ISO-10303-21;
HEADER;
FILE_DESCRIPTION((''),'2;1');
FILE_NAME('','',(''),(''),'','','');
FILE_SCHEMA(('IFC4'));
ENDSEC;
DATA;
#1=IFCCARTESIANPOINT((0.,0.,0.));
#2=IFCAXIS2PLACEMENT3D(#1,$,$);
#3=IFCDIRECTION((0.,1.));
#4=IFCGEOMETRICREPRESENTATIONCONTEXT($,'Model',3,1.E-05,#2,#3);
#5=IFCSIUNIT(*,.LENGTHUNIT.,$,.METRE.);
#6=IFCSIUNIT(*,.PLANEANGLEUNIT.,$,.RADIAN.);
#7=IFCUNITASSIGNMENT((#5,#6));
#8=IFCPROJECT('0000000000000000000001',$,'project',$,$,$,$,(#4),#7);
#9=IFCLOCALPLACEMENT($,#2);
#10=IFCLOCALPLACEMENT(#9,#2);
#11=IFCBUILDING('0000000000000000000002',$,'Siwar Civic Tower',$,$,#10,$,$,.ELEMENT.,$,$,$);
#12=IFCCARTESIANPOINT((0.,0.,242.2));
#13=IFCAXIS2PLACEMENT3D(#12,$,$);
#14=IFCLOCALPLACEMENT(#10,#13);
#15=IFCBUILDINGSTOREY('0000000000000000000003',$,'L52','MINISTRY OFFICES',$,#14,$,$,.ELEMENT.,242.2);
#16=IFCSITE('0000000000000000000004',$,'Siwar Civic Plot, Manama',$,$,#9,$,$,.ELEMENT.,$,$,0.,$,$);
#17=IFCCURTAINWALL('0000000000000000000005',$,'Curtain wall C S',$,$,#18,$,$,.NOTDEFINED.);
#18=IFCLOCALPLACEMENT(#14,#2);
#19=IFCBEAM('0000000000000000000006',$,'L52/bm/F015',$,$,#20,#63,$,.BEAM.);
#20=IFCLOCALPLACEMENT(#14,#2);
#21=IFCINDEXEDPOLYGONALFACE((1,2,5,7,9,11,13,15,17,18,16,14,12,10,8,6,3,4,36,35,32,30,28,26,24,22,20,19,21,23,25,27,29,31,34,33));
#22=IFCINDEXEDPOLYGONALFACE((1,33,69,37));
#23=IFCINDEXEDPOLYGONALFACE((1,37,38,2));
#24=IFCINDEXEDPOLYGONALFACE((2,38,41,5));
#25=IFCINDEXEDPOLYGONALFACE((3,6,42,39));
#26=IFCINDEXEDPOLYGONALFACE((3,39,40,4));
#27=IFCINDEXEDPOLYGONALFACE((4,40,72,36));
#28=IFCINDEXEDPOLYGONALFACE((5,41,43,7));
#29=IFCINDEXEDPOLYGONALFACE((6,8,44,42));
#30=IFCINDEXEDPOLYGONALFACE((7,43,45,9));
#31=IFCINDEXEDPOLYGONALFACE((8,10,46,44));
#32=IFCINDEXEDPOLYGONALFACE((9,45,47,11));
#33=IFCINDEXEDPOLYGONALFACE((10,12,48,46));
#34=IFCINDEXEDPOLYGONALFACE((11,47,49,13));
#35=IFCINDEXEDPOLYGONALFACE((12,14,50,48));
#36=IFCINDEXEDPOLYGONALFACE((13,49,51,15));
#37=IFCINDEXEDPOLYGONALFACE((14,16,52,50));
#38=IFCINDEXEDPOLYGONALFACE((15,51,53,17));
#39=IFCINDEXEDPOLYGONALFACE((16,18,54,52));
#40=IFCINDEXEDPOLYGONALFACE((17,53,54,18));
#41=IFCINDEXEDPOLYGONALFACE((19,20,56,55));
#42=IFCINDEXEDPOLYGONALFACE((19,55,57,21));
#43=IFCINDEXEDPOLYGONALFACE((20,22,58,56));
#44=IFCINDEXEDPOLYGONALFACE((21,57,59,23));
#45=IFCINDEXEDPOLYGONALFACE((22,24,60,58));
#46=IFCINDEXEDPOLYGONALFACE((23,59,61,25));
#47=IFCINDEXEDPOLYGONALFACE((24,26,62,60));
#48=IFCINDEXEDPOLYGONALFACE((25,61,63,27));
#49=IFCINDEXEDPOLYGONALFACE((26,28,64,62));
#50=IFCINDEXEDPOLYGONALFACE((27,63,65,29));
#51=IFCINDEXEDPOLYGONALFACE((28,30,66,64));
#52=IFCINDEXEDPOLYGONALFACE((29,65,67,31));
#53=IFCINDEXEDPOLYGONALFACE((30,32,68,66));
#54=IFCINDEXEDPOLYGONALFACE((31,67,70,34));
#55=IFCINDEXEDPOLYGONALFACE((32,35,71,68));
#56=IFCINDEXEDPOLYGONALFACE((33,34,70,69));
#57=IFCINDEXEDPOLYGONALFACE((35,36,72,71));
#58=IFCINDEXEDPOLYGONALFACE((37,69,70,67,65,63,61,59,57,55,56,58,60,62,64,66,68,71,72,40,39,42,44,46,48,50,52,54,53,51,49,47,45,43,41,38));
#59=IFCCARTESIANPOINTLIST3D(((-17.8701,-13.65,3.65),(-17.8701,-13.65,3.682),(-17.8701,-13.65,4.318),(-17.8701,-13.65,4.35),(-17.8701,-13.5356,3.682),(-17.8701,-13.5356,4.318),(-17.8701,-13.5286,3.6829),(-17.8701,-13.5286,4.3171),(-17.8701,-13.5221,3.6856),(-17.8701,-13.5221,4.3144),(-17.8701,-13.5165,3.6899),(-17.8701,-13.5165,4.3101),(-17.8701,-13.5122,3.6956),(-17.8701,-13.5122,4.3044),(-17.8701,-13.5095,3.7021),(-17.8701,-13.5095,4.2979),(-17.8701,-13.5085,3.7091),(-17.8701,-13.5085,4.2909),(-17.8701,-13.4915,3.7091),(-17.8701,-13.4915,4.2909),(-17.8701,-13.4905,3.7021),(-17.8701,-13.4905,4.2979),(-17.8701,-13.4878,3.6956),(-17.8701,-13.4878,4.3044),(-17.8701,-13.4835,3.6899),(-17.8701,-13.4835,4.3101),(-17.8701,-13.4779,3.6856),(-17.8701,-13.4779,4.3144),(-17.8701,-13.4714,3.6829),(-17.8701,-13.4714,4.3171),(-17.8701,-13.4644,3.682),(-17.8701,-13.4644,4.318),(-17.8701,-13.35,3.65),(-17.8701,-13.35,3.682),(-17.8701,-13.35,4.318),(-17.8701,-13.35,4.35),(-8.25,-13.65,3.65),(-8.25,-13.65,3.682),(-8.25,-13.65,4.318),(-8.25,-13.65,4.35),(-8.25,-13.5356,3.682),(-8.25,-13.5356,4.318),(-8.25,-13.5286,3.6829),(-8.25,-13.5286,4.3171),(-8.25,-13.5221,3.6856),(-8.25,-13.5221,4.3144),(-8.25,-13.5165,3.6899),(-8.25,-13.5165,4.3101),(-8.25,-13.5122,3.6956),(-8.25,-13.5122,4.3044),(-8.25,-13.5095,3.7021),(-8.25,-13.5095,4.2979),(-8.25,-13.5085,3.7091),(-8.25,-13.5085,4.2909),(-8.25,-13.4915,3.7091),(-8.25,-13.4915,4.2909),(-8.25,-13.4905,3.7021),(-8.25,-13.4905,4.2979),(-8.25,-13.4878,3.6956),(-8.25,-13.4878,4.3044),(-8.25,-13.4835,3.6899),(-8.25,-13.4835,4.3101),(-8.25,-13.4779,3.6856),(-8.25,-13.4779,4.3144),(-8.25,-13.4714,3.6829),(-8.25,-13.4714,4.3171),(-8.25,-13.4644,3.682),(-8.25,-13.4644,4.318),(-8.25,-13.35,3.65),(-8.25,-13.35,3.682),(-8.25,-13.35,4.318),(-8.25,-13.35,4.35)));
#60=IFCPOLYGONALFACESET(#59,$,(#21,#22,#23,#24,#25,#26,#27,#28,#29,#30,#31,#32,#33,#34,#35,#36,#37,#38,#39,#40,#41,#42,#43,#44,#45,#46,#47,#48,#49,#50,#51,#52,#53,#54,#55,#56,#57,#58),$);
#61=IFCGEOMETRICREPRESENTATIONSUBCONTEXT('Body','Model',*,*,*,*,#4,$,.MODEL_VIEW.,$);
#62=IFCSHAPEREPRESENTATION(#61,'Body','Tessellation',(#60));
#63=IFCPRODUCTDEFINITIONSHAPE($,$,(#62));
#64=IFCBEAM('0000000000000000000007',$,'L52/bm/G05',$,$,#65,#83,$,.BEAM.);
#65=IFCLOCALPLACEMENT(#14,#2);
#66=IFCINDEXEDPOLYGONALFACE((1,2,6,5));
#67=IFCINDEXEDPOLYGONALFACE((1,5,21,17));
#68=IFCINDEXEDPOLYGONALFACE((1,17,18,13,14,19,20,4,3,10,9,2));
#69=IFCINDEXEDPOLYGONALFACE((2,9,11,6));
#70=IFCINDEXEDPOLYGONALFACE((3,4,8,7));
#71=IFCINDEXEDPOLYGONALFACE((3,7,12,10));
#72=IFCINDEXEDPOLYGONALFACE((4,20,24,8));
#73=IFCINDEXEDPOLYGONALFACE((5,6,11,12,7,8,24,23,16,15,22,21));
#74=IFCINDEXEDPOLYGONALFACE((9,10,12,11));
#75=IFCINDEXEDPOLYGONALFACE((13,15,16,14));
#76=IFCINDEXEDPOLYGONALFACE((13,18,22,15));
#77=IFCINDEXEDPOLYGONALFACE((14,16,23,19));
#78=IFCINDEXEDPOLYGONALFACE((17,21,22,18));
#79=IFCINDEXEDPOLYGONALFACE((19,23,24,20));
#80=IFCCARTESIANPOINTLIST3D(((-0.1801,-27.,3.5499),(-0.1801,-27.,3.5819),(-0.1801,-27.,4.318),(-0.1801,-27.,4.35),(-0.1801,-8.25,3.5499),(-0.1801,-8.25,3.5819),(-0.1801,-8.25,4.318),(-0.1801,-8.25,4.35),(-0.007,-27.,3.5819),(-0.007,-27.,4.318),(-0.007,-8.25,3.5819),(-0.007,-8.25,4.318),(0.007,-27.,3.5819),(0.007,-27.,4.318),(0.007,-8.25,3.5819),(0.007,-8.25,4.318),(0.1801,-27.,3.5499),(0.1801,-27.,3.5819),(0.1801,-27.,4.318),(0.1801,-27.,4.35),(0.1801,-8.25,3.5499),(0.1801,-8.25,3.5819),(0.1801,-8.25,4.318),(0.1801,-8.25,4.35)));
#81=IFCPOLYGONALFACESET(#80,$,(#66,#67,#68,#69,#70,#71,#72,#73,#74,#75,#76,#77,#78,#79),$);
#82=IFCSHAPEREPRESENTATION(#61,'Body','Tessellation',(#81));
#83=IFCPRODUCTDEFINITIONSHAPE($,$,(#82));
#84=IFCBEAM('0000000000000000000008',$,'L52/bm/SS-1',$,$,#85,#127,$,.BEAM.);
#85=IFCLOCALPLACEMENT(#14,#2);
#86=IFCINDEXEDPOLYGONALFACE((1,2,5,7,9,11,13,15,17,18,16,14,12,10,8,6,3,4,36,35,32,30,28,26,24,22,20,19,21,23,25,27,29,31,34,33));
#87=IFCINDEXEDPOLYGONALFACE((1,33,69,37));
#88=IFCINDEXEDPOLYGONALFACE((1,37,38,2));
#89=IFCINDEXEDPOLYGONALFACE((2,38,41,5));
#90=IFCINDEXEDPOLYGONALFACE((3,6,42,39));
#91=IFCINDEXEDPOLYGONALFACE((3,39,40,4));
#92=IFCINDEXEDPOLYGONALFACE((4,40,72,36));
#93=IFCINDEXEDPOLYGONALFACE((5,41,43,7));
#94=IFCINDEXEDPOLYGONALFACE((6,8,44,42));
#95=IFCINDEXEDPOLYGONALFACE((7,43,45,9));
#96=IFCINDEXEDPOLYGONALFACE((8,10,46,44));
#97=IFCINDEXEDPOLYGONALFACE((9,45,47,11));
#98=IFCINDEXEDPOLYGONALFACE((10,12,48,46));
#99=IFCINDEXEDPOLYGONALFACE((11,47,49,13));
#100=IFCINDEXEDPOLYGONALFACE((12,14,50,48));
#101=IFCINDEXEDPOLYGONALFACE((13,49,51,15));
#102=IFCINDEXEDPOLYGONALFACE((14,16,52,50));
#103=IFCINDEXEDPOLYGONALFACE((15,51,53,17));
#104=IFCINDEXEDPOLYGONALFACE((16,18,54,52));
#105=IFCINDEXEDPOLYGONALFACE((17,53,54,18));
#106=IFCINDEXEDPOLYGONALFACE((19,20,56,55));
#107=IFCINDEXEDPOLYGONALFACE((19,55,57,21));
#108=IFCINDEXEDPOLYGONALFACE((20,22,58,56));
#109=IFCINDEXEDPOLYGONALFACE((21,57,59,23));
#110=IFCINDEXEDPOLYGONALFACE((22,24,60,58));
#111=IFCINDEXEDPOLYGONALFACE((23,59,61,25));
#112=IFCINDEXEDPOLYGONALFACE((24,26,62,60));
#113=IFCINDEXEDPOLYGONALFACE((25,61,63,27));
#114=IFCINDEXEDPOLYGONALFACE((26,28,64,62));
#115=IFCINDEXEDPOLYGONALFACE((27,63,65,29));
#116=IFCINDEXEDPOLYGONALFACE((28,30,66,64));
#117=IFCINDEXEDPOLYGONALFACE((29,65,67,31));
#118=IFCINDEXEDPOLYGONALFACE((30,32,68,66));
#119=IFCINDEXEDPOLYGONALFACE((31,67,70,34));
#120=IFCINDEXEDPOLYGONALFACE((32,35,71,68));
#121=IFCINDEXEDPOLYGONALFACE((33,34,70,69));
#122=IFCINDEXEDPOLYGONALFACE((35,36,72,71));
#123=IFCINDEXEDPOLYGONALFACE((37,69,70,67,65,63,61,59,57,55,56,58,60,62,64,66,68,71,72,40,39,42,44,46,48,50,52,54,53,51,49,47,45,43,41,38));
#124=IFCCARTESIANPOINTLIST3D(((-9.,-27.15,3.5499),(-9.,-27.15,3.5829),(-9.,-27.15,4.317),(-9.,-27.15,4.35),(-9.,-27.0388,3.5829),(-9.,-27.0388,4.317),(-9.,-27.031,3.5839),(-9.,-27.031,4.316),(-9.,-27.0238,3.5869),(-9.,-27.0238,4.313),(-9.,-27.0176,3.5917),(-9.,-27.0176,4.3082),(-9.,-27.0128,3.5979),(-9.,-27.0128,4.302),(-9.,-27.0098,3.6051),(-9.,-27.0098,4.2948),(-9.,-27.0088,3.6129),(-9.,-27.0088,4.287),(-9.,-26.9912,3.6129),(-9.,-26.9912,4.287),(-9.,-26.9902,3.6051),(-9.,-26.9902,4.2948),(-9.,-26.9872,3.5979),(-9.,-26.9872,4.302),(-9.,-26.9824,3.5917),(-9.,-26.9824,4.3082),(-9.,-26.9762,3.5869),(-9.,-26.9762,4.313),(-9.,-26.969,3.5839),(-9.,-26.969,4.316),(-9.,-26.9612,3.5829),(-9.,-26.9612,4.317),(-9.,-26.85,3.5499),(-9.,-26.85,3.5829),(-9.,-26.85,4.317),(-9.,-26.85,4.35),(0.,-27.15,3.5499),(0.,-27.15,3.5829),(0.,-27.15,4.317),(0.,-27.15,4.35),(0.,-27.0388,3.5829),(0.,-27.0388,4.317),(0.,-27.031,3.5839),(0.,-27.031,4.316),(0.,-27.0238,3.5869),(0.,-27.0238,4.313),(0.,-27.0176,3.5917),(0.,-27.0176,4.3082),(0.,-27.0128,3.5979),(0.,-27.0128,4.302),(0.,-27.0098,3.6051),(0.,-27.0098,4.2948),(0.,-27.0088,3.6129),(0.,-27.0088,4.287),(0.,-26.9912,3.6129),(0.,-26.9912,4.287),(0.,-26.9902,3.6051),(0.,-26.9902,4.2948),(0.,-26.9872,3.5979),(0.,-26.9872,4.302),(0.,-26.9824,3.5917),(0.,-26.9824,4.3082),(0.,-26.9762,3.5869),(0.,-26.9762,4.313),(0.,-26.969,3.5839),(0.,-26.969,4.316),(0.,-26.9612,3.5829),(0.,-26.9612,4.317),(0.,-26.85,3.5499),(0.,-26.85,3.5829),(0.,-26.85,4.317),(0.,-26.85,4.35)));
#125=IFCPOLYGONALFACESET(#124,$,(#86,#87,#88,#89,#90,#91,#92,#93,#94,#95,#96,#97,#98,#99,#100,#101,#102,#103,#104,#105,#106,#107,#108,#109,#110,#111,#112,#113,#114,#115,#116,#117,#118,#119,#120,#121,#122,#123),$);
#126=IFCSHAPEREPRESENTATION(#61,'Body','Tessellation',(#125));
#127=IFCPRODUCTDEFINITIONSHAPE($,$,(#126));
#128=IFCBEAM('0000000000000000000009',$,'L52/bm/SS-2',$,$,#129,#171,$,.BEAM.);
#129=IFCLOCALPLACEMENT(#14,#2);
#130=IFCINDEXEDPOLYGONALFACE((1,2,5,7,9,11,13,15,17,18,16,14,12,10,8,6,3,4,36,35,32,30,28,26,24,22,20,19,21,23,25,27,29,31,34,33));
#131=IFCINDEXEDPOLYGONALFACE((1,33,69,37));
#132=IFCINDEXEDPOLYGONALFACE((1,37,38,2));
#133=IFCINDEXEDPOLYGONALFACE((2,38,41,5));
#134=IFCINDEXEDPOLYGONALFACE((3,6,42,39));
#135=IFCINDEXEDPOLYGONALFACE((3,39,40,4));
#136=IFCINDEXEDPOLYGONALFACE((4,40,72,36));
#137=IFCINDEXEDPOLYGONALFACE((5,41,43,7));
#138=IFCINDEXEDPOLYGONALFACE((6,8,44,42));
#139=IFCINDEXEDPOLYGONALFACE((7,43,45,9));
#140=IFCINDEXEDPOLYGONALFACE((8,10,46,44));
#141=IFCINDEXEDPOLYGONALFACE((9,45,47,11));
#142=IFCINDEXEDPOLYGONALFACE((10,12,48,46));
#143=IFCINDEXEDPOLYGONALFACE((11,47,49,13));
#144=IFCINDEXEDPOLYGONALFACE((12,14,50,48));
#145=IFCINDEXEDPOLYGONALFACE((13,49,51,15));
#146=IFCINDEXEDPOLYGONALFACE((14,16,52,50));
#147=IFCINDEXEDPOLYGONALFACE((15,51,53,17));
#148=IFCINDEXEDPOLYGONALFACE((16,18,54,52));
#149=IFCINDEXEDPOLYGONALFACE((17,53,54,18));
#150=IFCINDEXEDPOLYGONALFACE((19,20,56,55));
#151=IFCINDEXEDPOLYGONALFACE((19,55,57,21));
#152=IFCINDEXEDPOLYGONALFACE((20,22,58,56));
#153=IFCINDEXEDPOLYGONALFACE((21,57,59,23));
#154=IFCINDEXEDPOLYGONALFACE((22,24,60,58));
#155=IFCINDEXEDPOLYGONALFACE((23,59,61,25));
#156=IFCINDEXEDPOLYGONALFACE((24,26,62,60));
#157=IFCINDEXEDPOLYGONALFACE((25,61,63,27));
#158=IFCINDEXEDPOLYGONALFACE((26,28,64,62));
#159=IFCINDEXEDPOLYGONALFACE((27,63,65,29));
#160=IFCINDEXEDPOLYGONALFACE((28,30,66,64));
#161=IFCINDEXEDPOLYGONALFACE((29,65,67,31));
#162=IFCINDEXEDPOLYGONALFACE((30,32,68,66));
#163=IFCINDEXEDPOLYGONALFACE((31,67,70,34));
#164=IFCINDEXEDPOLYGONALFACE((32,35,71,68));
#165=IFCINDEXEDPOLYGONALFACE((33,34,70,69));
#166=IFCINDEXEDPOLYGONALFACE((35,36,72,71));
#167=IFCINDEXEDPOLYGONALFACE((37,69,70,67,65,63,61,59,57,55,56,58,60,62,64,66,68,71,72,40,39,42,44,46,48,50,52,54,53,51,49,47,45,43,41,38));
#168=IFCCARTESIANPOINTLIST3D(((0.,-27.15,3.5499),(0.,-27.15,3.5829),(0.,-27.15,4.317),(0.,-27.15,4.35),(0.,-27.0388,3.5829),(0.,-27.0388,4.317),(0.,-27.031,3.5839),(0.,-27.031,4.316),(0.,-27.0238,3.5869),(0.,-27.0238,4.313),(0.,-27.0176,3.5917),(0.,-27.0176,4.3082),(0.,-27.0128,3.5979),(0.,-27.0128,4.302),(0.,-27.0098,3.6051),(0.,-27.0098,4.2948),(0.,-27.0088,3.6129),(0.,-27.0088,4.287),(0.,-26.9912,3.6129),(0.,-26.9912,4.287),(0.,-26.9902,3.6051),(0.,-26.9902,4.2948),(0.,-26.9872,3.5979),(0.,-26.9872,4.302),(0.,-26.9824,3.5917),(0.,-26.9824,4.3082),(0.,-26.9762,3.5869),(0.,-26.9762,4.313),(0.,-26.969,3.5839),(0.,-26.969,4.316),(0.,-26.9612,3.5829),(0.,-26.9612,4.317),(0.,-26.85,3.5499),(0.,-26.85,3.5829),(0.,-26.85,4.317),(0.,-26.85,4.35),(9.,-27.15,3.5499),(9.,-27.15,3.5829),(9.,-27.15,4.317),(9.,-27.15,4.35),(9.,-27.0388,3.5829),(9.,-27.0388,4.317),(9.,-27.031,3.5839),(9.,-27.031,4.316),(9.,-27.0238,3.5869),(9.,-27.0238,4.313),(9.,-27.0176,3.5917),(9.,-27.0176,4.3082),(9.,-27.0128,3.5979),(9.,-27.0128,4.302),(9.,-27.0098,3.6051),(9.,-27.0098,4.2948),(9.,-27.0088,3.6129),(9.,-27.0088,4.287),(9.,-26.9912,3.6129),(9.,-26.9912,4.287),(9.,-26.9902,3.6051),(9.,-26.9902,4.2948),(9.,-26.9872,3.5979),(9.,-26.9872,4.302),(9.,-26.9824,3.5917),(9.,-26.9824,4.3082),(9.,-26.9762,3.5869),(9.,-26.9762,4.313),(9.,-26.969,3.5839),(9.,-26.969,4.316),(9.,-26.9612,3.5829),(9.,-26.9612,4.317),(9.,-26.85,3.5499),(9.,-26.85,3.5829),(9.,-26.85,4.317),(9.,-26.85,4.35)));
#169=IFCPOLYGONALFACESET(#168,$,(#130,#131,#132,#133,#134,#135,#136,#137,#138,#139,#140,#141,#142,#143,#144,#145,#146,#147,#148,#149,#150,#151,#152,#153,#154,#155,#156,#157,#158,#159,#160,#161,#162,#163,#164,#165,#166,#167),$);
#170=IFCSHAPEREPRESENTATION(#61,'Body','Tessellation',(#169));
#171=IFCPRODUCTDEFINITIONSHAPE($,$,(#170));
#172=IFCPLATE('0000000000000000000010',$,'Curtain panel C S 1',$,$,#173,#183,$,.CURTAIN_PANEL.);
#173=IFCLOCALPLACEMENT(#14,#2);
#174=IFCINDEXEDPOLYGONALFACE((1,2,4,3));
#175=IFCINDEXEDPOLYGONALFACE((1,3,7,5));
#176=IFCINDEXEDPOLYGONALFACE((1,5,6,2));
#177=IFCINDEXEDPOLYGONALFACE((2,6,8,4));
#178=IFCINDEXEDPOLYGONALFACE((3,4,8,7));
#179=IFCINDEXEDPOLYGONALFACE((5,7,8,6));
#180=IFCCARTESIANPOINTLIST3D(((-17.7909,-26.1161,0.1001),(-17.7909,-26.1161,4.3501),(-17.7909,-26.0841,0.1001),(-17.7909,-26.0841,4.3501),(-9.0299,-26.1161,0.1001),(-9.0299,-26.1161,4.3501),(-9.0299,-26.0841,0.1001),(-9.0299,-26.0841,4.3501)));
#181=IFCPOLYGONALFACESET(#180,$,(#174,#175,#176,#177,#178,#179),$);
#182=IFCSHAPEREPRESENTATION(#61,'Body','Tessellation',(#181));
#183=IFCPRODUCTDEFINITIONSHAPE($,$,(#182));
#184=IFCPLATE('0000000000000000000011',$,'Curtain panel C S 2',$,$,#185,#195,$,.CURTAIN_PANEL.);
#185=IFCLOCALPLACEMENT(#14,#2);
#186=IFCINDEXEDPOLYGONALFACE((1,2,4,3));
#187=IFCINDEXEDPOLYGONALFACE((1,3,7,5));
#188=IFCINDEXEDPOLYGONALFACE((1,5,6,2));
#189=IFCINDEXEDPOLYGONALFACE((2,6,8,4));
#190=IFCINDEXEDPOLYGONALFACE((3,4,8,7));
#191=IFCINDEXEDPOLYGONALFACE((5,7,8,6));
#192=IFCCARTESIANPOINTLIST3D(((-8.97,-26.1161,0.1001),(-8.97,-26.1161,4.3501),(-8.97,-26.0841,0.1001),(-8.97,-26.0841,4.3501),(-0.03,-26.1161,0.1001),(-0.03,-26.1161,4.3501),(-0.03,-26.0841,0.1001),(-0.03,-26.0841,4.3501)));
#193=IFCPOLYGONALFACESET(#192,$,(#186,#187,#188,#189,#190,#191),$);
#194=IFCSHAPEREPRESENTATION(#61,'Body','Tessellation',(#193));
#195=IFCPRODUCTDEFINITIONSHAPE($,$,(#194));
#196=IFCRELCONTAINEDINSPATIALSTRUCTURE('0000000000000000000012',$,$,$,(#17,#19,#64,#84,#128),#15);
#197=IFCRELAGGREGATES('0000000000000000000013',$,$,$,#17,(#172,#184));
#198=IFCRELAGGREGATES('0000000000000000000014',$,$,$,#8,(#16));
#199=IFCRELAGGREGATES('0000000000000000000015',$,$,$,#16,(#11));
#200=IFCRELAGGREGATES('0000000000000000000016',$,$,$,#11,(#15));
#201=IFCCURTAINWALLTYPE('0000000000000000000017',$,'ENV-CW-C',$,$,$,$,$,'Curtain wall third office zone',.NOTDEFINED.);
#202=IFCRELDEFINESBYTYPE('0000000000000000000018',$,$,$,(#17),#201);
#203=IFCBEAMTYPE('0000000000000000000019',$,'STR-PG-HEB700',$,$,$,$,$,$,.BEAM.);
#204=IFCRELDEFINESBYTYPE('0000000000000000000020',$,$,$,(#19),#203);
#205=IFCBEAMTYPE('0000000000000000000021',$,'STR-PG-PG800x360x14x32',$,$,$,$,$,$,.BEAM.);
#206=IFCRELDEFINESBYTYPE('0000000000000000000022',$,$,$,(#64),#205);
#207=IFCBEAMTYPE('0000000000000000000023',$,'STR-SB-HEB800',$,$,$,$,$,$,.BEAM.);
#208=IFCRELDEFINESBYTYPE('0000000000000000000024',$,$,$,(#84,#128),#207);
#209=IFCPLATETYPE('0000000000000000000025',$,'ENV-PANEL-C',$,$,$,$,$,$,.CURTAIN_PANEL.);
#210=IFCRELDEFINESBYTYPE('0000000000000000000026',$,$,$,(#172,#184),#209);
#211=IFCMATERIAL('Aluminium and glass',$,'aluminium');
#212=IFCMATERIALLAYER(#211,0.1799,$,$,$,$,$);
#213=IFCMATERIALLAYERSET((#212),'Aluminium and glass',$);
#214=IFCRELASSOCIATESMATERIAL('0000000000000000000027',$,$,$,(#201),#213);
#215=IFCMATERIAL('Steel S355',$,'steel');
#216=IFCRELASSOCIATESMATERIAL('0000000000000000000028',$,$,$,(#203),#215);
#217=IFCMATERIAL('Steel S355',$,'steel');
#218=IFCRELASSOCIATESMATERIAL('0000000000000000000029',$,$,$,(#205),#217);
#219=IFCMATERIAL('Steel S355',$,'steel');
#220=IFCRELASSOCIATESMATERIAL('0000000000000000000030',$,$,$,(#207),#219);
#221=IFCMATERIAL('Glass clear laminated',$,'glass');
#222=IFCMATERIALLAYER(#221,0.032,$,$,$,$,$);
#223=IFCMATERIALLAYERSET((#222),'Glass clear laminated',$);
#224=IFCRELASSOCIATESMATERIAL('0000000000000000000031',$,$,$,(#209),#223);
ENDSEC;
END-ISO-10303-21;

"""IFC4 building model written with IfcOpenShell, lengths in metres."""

from ifc_helpers import new_model, si_unit, direction, frame, origin, origin_2d, place, context, subcontext, project, spatial, rectangle, i_section, extrude, material, layer, layer_set, material_profile, profile_set, type_object, element, aggregate, save


model = new_model("IFC4")

# Units and contexts
model_context = context("Model", 3, precision=1e-05, world=origin(), true_north=direction((0.0, 1.0)))
body_context = subcontext(model_context, "Body", "Model", "MODEL_VIEW")
ifc_project = project(units=[si_unit("LENGTHUNIT", "METRE"), si_unit("PLANEANGLEUNIT", "RADIAN")], contexts=[model_context])

# Site, building, storey
site_placement = place(None, origin())
site = spatial("IfcSite", under=ifc_project, at=site_placement, Name="Siwar Civic Plot, Manama", CompositionType="ELEMENT", RefElevation=0.0)
building_placement = place(site_placement, origin())
building = spatial("IfcBuilding", under=site, at=building_placement, Name="Siwar Civic Tower", CompositionType="ELEMENT")
storey_placement = place(building_placement, frame((0.0, 0.0, 242.2)))
storey = spatial("IfcBuildingStorey", under=building, at=storey_placement, Name="L52", Description="MINISTRY OFFICES", CompositionType="ELEMENT", Elevation=242.2)

# Curtain wall
ifc_material_1 = material(Name="Aluminium and glass", Category="aluminium")
ifc_layer_1 = layer(ifc_material_1, 0.1799)
ifc_layer_set_1 = layer_set([ifc_layer_1], Name="Aluminium and glass")
curtain_wall_type = type_object("IfcCurtainWallType", Name="ENV-CW-C", ElementType="Curtain wall third office zone", PredefinedType="NOTDEFINED", material=ifc_layer_set_1)
curtain_wall_placement = place(storey_placement, origin())
curtain_wall = element("IfcCurtainWall", 1, at=curtain_wall_placement, inside=storey, type_object=curtain_wall_type, Name="Curtain wall C S", PredefinedType="NOTDEFINED")

# Beams
ifc_material_2 = material(Name="Steel S355", Category="steel")
ifc_material_profile_1 = material_profile(ifc_material_2, i_section(OverallWidth=0.3, OverallDepth=0.7, WebThickness=0.0171, FlangeThickness=0.032, FilletRadius=0.0271, at=origin_2d()), Name="HEB700")
ifc_profile_set_1 = profile_set([ifc_material_profile_1], Name="Steel S355")
beam_type_1 = type_object("IfcBeamType", Name="STR-PG-HEB700", PredefinedType="BEAM", material=ifc_profile_set_1)
beam_1_placement = place(storey_placement, frame((-17.8701, -13.5, 4.0), z_axis=(1.0, 0.0, 0.0), x_axis=(0.0, 1.0, 0.0)))
element("IfcBeam", 2, at=beam_1_placement, inside=storey, type_object=beam_type_1, Name="L52/bm/F015", PredefinedType="BEAM", context=body_context, shape_type="SweptSolid", body=[
    extrude(i_section(OverallWidth=0.3, OverallDepth=0.7, WebThickness=0.0171, FlangeThickness=0.032, FilletRadius=0.0271, at=origin_2d()), origin(), (0.0, 0.0, 1.0), 9.6201),
])
ifc_material_3 = material(Name="Steel S355", Category="steel")
ifc_material_profile_2 = material_profile(ifc_material_3, i_section(OverallWidth=0.3601, OverallDepth=0.8, WebThickness=0.0139, FlangeThickness=0.032, at=origin_2d()), Name="PG800x360x14x32")
ifc_profile_set_2 = profile_set([ifc_material_profile_2], Name="Steel S355")
beam_type_2 = type_object("IfcBeamType", Name="STR-PG-PG800x360x14x32", PredefinedType="BEAM", material=ifc_profile_set_2)
beam_2_placement = place(storey_placement, frame((0.0, -27.0, 3.95), z_axis=(0.0, 1.0, 0.0), x_axis=(-1.0, 0.0, 0.0)))
element("IfcBeam", 3, at=beam_2_placement, inside=storey, type_object=beam_type_2, Name="L52/bm/G05", PredefinedType="BEAM", context=body_context, shape_type="SweptSolid", body=[
    extrude(i_section(OverallWidth=0.3601, OverallDepth=0.8, WebThickness=0.0139, FlangeThickness=0.032, at=origin_2d()), origin(), (0.0, 0.0, 1.0), 18.75),
])
ifc_material_4 = material(Name="Steel S355", Category="steel")
ifc_material_profile_3 = material_profile(ifc_material_4, i_section(OverallWidth=0.3, OverallDepth=0.8, WebThickness=0.0176, FlangeThickness=0.033, FilletRadius=0.03, at=origin_2d()), Name="HEB800")
ifc_profile_set_3 = profile_set([ifc_material_profile_3], Name="Steel S355")
beam_type_3 = type_object("IfcBeamType", Name="STR-SB-HEB800", PredefinedType="BEAM", material=ifc_profile_set_3)
for number, where, z_axis, x_axis, name in (
    (4, (-9.0, -27.0, 3.95), (1.0, 0.0, 0.0), (0.0, 1.0, 0.0), "L52/bm/SS-1"),
    (5, (0.0, -27.0, 3.95), (1.0, 0.0, 0.0), (0.0, 1.0, 0.0), "L52/bm/SS-2"),
):
    element("IfcBeam", number, at=place(storey_placement, frame(where, z_axis=z_axis, x_axis=x_axis)), inside=storey, type_object=beam_type_3, Name=name, PredefinedType="BEAM", context=body_context, shape_type="SweptSolid", body=[
        extrude(i_section(OverallWidth=0.3, OverallDepth=0.8, WebThickness=0.0176, FlangeThickness=0.033, FilletRadius=0.03, at=origin_2d()), origin(), (0.0, 0.0, 1.0), 9.0),
    ])

# Plates
ifc_material_5 = material(Name="Glass clear laminated", Category="glass")
ifc_layer_2 = layer(ifc_material_5, 0.032)
ifc_layer_set_2 = layer_set([ifc_layer_2], Name="Glass clear laminated")
plate_type = type_object("IfcPlateType", Name="ENV-PANEL-C", PredefinedType="CURTAIN_PANEL", material=ifc_layer_set_2)
plate_1_placement = place(storey_placement, frame((-13.4104, -26.1001, 0.1001), z_axis=(0.0, 0.0, 1.0), x_axis=(1.0, 0.0, 0.0)))
plate_1 = element("IfcPlate", 6, at=plate_1_placement, type_object=plate_type, Name="Curtain panel C S 1", PredefinedType="CURTAIN_PANEL", context=body_context, shape_type="SweptSolid", body=[
    extrude(rectangle(XDim=8.761, YDim=0.032, at=origin_2d()), origin(), (0.0, 0.0, 1.0), 4.25),
])
plate_2_placement = place(storey_placement, frame((-4.5, -26.1001, 0.1001), z_axis=(0.0, 0.0, 1.0), x_axis=(1.0, 0.0, 0.0)))
plate_2 = element("IfcPlate", 7, at=plate_2_placement, type_object=plate_type, Name="Curtain panel C S 2", PredefinedType="CURTAIN_PANEL", context=body_context, shape_type="SweptSolid", body=[
    extrude(rectangle(XDim=8.9399, YDim=0.032, at=origin_2d()), origin(), (0.0, 0.0, 1.0), 4.25),
])
aggregate(curtain_wall, [plate_1, plate_2])

save(model, "model.ifc")
